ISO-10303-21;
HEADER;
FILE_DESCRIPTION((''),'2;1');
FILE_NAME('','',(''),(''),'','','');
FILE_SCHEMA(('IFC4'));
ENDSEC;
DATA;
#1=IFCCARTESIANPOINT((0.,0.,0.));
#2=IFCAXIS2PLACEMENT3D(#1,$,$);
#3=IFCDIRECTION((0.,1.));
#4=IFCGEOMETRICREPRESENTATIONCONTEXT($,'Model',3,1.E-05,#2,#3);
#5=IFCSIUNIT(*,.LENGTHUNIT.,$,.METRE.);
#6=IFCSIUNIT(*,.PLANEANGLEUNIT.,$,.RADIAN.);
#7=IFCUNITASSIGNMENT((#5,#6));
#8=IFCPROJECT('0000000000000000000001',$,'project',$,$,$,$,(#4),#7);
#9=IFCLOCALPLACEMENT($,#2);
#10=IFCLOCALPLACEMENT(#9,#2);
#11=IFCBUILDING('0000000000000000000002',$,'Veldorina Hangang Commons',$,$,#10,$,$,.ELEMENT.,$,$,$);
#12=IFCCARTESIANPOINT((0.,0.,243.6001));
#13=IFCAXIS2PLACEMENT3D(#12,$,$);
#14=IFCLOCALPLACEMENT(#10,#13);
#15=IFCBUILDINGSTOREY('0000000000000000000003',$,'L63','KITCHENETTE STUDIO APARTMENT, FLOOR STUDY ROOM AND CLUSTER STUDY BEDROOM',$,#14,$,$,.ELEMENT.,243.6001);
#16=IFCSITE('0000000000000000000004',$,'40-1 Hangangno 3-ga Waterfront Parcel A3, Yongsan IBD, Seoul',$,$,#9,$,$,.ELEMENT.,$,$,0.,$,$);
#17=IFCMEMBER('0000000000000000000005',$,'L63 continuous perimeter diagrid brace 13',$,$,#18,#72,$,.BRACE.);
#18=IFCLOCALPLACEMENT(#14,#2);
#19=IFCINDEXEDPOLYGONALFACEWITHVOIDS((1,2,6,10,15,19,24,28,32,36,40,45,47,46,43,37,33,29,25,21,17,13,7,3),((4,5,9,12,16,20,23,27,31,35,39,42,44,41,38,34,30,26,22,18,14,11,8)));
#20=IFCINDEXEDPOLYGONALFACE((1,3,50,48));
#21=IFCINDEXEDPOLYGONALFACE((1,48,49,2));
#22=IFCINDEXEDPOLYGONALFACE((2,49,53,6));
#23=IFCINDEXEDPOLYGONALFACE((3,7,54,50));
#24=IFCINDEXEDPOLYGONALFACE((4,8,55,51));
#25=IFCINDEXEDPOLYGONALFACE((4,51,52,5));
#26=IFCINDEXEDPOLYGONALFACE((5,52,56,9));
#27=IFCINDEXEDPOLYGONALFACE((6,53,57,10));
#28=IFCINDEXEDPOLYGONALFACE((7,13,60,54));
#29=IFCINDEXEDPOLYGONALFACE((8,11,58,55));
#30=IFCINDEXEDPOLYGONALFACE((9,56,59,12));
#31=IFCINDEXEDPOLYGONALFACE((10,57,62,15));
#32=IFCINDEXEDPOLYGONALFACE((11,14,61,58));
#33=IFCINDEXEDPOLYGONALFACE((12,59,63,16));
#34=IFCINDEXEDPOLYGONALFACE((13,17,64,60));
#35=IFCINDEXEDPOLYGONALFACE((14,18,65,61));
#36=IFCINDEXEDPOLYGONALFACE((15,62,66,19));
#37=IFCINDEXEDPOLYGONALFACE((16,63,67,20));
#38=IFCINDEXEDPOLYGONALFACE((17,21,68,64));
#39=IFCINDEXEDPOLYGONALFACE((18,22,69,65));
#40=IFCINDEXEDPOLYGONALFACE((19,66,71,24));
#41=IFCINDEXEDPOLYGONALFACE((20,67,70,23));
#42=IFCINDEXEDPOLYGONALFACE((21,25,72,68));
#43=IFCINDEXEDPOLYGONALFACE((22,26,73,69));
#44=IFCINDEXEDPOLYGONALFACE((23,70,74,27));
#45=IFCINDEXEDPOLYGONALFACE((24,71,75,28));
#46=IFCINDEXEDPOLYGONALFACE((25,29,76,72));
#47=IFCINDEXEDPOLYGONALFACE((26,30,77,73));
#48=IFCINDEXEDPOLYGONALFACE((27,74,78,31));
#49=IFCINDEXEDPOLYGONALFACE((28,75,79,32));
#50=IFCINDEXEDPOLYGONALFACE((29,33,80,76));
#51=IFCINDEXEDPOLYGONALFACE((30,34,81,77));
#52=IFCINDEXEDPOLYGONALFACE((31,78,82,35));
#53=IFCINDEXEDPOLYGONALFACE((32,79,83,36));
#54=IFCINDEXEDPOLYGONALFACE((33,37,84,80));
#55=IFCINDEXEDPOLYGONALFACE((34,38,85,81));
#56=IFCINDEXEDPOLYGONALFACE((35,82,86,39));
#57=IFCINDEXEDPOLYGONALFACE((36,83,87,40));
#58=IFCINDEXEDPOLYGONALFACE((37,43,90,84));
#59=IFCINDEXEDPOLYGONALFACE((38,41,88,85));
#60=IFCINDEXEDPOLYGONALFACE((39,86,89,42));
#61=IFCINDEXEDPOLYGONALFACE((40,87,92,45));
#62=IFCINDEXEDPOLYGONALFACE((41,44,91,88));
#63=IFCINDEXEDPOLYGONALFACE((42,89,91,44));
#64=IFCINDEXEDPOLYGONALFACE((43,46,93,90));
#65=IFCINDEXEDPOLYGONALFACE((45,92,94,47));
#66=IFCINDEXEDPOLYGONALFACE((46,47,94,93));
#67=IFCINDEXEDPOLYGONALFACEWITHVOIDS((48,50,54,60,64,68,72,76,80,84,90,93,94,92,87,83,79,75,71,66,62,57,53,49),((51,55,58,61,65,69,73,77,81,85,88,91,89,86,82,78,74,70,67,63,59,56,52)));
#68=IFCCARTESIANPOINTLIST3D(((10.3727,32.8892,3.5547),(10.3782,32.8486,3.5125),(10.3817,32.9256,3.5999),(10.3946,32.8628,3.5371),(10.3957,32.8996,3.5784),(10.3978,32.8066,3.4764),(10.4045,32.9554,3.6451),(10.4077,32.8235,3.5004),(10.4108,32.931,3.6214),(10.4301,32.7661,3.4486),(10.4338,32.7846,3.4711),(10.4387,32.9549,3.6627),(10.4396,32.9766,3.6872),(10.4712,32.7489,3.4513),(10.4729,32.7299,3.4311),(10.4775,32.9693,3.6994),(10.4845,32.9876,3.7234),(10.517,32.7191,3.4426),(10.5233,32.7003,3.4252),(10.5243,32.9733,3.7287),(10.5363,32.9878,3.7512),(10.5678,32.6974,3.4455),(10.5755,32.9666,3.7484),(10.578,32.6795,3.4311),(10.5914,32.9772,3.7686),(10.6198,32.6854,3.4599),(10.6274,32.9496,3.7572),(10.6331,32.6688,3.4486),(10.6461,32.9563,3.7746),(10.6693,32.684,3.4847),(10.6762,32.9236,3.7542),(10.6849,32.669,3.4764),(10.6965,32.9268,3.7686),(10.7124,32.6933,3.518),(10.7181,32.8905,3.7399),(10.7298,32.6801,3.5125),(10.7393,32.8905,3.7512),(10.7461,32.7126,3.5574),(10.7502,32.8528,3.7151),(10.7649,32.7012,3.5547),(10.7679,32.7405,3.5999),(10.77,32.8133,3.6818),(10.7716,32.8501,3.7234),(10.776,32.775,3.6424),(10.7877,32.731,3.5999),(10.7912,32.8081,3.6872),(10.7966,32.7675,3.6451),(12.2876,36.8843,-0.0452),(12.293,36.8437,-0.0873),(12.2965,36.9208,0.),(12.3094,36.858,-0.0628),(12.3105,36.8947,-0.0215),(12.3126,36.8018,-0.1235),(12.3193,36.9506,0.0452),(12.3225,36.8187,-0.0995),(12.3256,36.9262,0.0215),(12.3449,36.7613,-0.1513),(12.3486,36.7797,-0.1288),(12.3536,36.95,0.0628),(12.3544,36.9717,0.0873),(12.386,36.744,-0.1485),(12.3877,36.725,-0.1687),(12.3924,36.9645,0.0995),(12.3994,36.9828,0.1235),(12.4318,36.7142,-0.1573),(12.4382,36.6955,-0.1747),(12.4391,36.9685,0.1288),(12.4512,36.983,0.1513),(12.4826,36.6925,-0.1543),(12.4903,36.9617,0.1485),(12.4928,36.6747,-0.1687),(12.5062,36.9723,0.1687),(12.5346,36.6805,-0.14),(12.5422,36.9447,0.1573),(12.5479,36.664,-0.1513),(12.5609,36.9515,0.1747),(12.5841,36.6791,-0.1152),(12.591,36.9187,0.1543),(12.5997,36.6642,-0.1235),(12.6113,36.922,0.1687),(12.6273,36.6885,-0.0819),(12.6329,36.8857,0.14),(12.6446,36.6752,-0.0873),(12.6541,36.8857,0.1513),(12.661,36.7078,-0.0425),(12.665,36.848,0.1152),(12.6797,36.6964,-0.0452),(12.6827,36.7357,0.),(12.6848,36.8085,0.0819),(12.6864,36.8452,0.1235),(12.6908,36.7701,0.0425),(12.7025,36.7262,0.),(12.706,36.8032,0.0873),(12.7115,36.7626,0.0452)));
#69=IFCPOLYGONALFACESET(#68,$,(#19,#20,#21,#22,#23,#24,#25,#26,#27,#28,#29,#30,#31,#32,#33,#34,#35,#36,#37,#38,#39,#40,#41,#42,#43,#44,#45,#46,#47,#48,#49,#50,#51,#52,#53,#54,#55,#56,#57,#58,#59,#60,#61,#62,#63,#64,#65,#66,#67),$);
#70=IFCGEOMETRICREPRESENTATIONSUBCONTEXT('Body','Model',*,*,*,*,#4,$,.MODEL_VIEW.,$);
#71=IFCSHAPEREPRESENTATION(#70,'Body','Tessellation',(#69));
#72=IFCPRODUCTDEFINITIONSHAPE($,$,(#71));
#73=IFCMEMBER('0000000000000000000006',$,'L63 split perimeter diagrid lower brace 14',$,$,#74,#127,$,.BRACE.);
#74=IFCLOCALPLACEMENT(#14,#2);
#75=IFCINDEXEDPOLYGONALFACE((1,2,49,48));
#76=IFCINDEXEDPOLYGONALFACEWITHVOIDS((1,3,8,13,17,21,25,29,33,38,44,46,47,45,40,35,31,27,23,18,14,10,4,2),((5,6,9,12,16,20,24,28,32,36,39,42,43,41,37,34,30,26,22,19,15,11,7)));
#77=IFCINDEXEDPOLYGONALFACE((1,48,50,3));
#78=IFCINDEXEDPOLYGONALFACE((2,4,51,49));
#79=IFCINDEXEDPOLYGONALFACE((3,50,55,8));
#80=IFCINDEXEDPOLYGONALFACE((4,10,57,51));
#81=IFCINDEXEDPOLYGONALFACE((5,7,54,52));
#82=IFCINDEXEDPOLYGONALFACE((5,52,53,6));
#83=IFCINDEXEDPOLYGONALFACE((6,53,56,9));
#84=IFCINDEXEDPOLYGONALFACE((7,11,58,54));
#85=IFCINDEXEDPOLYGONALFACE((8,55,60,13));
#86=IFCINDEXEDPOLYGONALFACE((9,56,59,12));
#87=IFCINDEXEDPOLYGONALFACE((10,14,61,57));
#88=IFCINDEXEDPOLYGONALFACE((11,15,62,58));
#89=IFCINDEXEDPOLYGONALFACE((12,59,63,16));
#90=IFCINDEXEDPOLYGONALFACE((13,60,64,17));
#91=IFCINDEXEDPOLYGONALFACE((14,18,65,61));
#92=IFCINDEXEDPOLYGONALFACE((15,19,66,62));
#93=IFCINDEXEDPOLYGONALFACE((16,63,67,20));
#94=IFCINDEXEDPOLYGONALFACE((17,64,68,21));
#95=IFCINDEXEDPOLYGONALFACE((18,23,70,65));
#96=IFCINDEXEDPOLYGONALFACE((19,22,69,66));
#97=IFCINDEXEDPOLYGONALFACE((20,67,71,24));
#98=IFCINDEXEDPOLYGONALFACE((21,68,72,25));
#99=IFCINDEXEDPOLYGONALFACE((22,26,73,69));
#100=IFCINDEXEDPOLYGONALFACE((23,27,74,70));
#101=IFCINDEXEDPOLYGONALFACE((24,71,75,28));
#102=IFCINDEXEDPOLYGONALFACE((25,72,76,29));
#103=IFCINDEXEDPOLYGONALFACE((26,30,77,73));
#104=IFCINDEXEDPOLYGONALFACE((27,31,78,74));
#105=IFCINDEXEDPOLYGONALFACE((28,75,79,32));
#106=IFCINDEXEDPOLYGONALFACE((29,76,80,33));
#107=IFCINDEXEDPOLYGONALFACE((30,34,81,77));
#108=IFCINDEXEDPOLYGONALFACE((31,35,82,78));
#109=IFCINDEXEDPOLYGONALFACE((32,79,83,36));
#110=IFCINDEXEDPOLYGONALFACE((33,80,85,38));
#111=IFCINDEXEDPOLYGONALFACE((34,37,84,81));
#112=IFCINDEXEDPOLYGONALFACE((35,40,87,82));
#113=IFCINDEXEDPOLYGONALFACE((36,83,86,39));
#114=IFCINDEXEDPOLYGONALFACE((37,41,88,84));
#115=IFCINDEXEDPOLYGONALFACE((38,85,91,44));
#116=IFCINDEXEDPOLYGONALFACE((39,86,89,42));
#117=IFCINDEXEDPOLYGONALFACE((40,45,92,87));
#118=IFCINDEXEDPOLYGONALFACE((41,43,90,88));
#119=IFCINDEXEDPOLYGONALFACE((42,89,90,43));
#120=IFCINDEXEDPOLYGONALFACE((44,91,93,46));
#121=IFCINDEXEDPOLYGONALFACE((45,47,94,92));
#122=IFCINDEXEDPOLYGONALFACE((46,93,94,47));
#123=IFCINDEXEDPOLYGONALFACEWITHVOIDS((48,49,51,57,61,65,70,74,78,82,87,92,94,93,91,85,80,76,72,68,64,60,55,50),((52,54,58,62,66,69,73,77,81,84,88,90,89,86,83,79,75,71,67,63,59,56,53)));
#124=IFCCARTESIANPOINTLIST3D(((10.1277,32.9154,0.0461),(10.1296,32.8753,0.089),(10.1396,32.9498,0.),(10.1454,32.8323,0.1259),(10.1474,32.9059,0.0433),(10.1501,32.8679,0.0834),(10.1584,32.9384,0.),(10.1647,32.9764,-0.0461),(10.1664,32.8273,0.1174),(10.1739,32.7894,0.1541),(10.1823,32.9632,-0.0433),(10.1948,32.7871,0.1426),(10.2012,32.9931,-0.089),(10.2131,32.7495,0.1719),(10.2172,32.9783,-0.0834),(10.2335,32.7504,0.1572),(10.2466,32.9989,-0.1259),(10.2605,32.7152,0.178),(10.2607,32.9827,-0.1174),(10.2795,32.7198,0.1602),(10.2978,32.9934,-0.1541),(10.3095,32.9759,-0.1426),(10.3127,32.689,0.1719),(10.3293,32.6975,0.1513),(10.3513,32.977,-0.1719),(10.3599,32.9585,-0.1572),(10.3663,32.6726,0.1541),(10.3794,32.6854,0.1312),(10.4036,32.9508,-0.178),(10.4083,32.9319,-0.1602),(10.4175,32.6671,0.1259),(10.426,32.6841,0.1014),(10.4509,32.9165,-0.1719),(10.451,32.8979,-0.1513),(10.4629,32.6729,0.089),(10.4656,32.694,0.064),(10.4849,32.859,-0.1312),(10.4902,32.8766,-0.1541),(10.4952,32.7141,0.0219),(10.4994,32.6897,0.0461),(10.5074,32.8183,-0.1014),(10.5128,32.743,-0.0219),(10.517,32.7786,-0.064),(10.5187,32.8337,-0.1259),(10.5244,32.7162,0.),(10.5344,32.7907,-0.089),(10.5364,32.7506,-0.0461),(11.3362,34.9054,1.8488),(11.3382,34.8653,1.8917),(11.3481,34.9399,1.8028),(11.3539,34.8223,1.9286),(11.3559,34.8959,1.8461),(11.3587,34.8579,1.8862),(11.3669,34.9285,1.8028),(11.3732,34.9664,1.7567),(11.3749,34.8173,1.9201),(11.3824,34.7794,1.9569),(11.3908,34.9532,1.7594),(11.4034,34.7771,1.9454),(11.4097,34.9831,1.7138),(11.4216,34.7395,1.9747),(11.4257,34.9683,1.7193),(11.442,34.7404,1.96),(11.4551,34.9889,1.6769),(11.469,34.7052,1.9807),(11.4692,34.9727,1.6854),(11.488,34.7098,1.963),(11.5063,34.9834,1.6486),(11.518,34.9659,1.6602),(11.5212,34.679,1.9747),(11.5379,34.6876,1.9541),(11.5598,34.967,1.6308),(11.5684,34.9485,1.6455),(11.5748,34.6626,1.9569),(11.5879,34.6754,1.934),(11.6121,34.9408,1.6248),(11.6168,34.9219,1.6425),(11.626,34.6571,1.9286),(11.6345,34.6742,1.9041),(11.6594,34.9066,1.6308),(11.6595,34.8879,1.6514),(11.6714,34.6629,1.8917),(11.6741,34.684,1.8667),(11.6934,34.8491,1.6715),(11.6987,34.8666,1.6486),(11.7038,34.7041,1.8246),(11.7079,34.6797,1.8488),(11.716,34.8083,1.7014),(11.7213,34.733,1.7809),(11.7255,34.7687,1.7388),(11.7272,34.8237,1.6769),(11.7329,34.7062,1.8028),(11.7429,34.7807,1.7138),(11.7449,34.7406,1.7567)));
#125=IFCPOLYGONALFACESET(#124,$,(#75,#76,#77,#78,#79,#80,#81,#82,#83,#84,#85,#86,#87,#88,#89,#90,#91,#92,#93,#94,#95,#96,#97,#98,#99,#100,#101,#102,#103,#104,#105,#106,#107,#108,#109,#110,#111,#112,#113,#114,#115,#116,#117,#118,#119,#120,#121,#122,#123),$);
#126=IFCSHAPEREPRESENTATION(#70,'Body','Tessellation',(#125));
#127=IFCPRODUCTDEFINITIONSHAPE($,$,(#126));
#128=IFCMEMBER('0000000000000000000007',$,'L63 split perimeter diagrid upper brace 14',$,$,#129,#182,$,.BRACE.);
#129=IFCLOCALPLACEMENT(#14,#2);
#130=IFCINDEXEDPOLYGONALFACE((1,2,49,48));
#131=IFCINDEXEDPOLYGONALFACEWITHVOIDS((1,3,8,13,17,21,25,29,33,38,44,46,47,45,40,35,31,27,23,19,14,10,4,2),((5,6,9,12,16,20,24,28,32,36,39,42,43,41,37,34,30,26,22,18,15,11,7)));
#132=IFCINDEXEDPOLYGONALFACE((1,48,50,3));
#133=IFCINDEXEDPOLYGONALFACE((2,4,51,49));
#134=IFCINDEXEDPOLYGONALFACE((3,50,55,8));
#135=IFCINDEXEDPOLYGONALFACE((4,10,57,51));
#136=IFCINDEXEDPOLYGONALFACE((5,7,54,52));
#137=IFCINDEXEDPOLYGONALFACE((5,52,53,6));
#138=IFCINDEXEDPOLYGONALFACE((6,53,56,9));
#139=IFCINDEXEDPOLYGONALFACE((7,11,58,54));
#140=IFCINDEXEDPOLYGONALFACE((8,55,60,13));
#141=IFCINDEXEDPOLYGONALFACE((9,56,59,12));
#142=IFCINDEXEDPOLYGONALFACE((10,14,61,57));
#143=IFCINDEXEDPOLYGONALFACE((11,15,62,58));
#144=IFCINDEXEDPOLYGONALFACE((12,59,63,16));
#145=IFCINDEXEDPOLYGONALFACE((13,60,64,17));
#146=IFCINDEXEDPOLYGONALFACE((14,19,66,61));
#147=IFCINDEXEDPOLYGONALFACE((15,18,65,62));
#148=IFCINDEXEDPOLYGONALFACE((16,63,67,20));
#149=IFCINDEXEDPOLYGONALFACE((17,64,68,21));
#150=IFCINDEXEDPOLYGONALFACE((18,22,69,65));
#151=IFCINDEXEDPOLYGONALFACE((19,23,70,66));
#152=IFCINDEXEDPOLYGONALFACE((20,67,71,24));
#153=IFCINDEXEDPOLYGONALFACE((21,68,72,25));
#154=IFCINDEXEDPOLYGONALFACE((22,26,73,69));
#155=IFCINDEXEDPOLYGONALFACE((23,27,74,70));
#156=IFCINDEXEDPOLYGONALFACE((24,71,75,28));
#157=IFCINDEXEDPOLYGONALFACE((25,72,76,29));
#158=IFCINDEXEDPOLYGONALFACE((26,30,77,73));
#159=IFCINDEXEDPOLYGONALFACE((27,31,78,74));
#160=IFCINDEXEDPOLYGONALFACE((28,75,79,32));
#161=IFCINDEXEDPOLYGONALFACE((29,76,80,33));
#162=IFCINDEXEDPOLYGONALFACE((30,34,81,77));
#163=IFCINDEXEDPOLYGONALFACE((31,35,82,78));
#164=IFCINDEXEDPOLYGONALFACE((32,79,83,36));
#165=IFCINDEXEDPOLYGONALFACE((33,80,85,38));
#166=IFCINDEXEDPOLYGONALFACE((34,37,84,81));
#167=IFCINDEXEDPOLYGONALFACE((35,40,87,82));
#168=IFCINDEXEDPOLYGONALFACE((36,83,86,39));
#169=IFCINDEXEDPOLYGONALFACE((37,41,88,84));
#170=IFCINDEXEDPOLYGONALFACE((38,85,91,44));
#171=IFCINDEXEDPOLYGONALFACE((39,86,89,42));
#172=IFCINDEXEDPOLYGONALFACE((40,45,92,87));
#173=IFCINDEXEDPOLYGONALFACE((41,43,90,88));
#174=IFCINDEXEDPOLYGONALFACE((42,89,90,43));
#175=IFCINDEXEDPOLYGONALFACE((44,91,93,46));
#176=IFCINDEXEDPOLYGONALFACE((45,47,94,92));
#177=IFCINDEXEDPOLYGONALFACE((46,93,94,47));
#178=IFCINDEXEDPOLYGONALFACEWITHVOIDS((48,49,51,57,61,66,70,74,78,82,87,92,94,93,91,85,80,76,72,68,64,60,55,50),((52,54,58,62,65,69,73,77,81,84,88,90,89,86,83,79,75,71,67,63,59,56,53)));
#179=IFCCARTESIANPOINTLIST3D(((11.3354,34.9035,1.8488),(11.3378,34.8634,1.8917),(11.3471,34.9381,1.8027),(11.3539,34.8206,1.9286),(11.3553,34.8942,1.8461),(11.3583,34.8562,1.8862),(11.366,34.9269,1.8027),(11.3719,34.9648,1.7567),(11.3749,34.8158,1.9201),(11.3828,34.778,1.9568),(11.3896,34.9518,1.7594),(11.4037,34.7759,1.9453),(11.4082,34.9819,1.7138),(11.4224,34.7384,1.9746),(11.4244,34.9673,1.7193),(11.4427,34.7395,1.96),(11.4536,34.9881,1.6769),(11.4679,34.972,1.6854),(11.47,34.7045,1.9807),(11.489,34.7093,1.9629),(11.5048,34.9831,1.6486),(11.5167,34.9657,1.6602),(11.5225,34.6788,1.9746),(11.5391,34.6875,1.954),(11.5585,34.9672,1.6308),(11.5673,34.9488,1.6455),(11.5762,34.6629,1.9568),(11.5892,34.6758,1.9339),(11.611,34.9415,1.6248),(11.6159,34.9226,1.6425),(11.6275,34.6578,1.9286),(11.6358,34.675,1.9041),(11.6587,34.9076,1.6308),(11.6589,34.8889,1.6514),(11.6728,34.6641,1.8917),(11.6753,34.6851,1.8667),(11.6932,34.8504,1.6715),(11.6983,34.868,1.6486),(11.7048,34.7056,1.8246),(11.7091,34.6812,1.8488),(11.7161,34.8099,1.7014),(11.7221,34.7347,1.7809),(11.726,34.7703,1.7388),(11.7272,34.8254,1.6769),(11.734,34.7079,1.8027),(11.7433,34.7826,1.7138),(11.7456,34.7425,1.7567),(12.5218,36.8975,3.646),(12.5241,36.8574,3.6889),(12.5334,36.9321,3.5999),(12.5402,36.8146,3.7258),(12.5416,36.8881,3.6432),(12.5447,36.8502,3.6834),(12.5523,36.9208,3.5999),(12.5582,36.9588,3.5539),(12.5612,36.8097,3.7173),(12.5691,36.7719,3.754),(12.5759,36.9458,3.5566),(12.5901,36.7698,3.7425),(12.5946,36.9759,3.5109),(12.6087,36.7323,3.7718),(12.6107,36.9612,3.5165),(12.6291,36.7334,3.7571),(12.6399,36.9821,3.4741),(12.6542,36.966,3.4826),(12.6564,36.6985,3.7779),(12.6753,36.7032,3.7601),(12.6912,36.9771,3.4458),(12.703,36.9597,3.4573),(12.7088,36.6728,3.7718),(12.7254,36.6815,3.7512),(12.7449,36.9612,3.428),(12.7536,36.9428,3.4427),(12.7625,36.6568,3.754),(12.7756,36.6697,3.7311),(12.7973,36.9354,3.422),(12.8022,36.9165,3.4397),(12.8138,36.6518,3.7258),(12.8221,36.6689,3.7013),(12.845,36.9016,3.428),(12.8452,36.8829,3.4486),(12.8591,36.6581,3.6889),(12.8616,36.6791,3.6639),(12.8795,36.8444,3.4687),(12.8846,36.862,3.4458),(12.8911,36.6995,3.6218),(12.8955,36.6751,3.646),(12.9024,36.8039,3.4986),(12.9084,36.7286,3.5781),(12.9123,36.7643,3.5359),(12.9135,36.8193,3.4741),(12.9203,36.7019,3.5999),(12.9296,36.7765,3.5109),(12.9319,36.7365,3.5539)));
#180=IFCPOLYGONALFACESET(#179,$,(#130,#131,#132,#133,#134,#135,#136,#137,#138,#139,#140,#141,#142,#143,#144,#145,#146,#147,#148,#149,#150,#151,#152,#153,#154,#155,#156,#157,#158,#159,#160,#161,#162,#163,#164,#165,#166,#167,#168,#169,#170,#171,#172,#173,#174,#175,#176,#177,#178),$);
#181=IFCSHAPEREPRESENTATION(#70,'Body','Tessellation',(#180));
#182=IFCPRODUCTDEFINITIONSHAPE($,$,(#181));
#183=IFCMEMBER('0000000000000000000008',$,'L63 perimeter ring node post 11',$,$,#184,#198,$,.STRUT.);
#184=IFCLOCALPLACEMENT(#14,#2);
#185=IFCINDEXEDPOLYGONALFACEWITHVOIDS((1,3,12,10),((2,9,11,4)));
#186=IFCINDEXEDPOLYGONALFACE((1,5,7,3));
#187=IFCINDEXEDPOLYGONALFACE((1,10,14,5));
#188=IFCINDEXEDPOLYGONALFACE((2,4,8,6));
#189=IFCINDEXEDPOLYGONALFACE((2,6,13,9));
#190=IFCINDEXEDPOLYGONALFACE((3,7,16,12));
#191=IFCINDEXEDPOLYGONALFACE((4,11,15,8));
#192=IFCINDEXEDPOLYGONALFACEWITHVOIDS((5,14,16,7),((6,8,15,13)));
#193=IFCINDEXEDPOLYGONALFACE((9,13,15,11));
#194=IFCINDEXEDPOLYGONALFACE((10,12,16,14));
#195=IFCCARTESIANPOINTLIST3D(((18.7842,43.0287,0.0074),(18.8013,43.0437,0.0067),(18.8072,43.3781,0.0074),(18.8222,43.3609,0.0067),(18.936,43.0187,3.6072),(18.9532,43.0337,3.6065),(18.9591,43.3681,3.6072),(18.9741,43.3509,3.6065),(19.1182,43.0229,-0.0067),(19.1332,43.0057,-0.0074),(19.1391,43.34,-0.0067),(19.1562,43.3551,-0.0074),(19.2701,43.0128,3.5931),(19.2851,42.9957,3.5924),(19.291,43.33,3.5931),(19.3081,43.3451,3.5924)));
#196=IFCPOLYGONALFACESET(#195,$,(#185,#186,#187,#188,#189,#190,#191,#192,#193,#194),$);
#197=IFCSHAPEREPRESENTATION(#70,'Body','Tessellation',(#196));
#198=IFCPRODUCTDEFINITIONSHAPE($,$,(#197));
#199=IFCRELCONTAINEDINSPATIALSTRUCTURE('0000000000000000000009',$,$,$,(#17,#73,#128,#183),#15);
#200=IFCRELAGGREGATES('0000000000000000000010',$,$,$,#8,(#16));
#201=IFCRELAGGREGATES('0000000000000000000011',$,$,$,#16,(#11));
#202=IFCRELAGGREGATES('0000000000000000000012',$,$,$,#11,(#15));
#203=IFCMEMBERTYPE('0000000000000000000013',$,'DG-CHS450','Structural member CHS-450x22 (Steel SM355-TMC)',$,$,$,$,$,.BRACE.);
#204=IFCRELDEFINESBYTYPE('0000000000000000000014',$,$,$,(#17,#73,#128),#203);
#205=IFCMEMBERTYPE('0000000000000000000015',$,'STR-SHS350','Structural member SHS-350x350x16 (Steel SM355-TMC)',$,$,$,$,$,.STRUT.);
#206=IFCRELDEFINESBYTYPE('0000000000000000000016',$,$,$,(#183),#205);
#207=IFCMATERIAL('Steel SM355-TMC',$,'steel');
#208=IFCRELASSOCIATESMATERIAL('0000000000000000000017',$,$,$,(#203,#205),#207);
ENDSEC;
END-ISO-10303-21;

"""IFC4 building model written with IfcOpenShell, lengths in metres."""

from ifc_helpers import new_model, si_unit, direction, frame, origin, origin_2d, place, context, subcontext, project, spatial, hollow_rectangle, hollow_circle, extrude, material, material_profile, profile_set, type_object, element, save


model = new_model("IFC4")

# Units and contexts
model_context = context("Model", 3, precision=1e-05, world=origin(), true_north=direction((0.0, 1.0)))
body_context = subcontext(model_context, "Body", "Model", "MODEL_VIEW")
ifc_project = project(units=[si_unit("LENGTHUNIT", "METRE"), si_unit("PLANEANGLEUNIT", "RADIAN")], contexts=[model_context])

# Site, building, storey
site_placement = place(None, origin())
site = spatial("IfcSite", under=ifc_project, at=site_placement, Name="40-1 Hangangno 3-ga Waterfront Parcel A3, Yongsan IBD, Seoul", CompositionType="ELEMENT", RefElevation=0.0)
building_placement = place(site_placement, origin())
building = spatial("IfcBuilding", under=site, at=building_placement, Name="Veldorina Hangang Commons", CompositionType="ELEMENT")
storey_placement = place(building_placement, frame((0.0, 0.0, 243.6001)))
storey = spatial("IfcBuildingStorey", under=building, at=storey_placement, Name="L63", Description="KITCHENETTE STUDIO APARTMENT, FLOOR STUDY ROOM AND CLUSTER STUDY BEDROOM", CompositionType="ELEMENT", Elevation=243.6001)

# Shared definitions
ifc_material_1 = material(Name="Steel SM355-TMC", Category="steel")

# Members
ifc_material_profile_1 = material_profile(ifc_material_1, hollow_circle(Radius=0.2251, WallThickness=0.022, at=origin_2d()), Name="CHS-450x22")
ifc_profile_set_1 = profile_set([ifc_material_profile_1], Name="Steel SM355-TMC")
member_type_1 = type_object("IfcMemberType", Name="DG-CHS450", Description="Structural member CHS-450x22 (Steel SM355-TMC)", PredefinedType="BRACE", material=ifc_profile_set_1)
member_1_placement = place(storey_placement, frame((12.4995, 36.8235, 0.0), z_axis=(-0.335432, -0.699861, 0.630619), x_axis=(0.901775, -0.432206, 0.0)))
element("IfcMember", 1, at=member_1_placement, inside=storey, type_object=member_type_1, Name="L63 continuous perimeter diagrid brace 13", PredefinedType="BRACE", context=body_context, shape_type="SweptSolid", body=[
    extrude(hollow_circle(Radius=0.2251, WallThickness=0.022, at=origin_2d()), origin(), (0.0, 0.0, 1.0), 5.7085),
])
member_2_placement = place(storey_placement, frame((10.332, 32.833, 0.0), z_axis=(0.410418, 0.675821, 0.612227), x_axis=(-0.854733, 0.519068, 0.0)))
element("IfcMember", 2, at=member_2_placement, inside=storey, type_object=member_type_1, Name="L63 split perimeter diagrid lower brace 14", PredefinedType="BRACE", context=body_context, shape_type="SweptSolid", body=[
    extrude(hollow_circle(Radius=0.2251, WallThickness=0.022, at=origin_2d()), origin(), (0.0, 0.0, 1.0), 2.9446),
])
member_3_placement = place(storey_placement, frame((11.5405, 34.823, 1.8027), z_axis=(0.404224, 0.679419, 0.612367), x_axis=(-0.8594, 0.511304, 0.0)))
element("IfcMember", 3, at=member_3_placement, inside=storey, type_object=member_type_1, Name="L63 split perimeter diagrid upper brace 14", PredefinedType="BRACE", context=body_context, shape_type="SweptSolid", body=[
    extrude(hollow_circle(Radius=0.2251, WallThickness=0.022, at=origin_2d()), origin(), (0.0, 0.0, 1.0), 2.9348),
])
ifc_material_profile_2 = material_profile(ifc_material_1, hollow_rectangle(XDim=0.3501, YDim=0.3501, WallThickness=0.0161, at=origin_2d()), Name="SHS-350x350x16")
ifc_profile_set_2 = profile_set([ifc_material_profile_2], Name="Steel SM355-TMC")
member_type_2 = type_object("IfcMemberType", Name="STR-SHS350", Description="Structural member SHS-350x350x16 (Steel SM355-TMC)", PredefinedType="STRUT", material=ifc_profile_set_2)
member_4_placement = place(storey_placement, frame((18.9702, 43.1919, 0.0), z_axis=(0.042146, -0.002778, 0.999108), x_axis=(0.065774, 0.997835, 0.0)))
element("IfcMember", 4, at=member_4_placement, inside=storey, type_object=member_type_2, Name="L63 perimeter ring node post 11", PredefinedType="STRUT", context=body_context, shape_type="SweptSolid", body=[
    extrude(hollow_rectangle(XDim=0.3501, YDim=0.3501, WallThickness=0.0161, at=origin_2d()), origin(), (0.0, 0.0, 1.0), 3.603),
])

save(model, "model.ifc")
